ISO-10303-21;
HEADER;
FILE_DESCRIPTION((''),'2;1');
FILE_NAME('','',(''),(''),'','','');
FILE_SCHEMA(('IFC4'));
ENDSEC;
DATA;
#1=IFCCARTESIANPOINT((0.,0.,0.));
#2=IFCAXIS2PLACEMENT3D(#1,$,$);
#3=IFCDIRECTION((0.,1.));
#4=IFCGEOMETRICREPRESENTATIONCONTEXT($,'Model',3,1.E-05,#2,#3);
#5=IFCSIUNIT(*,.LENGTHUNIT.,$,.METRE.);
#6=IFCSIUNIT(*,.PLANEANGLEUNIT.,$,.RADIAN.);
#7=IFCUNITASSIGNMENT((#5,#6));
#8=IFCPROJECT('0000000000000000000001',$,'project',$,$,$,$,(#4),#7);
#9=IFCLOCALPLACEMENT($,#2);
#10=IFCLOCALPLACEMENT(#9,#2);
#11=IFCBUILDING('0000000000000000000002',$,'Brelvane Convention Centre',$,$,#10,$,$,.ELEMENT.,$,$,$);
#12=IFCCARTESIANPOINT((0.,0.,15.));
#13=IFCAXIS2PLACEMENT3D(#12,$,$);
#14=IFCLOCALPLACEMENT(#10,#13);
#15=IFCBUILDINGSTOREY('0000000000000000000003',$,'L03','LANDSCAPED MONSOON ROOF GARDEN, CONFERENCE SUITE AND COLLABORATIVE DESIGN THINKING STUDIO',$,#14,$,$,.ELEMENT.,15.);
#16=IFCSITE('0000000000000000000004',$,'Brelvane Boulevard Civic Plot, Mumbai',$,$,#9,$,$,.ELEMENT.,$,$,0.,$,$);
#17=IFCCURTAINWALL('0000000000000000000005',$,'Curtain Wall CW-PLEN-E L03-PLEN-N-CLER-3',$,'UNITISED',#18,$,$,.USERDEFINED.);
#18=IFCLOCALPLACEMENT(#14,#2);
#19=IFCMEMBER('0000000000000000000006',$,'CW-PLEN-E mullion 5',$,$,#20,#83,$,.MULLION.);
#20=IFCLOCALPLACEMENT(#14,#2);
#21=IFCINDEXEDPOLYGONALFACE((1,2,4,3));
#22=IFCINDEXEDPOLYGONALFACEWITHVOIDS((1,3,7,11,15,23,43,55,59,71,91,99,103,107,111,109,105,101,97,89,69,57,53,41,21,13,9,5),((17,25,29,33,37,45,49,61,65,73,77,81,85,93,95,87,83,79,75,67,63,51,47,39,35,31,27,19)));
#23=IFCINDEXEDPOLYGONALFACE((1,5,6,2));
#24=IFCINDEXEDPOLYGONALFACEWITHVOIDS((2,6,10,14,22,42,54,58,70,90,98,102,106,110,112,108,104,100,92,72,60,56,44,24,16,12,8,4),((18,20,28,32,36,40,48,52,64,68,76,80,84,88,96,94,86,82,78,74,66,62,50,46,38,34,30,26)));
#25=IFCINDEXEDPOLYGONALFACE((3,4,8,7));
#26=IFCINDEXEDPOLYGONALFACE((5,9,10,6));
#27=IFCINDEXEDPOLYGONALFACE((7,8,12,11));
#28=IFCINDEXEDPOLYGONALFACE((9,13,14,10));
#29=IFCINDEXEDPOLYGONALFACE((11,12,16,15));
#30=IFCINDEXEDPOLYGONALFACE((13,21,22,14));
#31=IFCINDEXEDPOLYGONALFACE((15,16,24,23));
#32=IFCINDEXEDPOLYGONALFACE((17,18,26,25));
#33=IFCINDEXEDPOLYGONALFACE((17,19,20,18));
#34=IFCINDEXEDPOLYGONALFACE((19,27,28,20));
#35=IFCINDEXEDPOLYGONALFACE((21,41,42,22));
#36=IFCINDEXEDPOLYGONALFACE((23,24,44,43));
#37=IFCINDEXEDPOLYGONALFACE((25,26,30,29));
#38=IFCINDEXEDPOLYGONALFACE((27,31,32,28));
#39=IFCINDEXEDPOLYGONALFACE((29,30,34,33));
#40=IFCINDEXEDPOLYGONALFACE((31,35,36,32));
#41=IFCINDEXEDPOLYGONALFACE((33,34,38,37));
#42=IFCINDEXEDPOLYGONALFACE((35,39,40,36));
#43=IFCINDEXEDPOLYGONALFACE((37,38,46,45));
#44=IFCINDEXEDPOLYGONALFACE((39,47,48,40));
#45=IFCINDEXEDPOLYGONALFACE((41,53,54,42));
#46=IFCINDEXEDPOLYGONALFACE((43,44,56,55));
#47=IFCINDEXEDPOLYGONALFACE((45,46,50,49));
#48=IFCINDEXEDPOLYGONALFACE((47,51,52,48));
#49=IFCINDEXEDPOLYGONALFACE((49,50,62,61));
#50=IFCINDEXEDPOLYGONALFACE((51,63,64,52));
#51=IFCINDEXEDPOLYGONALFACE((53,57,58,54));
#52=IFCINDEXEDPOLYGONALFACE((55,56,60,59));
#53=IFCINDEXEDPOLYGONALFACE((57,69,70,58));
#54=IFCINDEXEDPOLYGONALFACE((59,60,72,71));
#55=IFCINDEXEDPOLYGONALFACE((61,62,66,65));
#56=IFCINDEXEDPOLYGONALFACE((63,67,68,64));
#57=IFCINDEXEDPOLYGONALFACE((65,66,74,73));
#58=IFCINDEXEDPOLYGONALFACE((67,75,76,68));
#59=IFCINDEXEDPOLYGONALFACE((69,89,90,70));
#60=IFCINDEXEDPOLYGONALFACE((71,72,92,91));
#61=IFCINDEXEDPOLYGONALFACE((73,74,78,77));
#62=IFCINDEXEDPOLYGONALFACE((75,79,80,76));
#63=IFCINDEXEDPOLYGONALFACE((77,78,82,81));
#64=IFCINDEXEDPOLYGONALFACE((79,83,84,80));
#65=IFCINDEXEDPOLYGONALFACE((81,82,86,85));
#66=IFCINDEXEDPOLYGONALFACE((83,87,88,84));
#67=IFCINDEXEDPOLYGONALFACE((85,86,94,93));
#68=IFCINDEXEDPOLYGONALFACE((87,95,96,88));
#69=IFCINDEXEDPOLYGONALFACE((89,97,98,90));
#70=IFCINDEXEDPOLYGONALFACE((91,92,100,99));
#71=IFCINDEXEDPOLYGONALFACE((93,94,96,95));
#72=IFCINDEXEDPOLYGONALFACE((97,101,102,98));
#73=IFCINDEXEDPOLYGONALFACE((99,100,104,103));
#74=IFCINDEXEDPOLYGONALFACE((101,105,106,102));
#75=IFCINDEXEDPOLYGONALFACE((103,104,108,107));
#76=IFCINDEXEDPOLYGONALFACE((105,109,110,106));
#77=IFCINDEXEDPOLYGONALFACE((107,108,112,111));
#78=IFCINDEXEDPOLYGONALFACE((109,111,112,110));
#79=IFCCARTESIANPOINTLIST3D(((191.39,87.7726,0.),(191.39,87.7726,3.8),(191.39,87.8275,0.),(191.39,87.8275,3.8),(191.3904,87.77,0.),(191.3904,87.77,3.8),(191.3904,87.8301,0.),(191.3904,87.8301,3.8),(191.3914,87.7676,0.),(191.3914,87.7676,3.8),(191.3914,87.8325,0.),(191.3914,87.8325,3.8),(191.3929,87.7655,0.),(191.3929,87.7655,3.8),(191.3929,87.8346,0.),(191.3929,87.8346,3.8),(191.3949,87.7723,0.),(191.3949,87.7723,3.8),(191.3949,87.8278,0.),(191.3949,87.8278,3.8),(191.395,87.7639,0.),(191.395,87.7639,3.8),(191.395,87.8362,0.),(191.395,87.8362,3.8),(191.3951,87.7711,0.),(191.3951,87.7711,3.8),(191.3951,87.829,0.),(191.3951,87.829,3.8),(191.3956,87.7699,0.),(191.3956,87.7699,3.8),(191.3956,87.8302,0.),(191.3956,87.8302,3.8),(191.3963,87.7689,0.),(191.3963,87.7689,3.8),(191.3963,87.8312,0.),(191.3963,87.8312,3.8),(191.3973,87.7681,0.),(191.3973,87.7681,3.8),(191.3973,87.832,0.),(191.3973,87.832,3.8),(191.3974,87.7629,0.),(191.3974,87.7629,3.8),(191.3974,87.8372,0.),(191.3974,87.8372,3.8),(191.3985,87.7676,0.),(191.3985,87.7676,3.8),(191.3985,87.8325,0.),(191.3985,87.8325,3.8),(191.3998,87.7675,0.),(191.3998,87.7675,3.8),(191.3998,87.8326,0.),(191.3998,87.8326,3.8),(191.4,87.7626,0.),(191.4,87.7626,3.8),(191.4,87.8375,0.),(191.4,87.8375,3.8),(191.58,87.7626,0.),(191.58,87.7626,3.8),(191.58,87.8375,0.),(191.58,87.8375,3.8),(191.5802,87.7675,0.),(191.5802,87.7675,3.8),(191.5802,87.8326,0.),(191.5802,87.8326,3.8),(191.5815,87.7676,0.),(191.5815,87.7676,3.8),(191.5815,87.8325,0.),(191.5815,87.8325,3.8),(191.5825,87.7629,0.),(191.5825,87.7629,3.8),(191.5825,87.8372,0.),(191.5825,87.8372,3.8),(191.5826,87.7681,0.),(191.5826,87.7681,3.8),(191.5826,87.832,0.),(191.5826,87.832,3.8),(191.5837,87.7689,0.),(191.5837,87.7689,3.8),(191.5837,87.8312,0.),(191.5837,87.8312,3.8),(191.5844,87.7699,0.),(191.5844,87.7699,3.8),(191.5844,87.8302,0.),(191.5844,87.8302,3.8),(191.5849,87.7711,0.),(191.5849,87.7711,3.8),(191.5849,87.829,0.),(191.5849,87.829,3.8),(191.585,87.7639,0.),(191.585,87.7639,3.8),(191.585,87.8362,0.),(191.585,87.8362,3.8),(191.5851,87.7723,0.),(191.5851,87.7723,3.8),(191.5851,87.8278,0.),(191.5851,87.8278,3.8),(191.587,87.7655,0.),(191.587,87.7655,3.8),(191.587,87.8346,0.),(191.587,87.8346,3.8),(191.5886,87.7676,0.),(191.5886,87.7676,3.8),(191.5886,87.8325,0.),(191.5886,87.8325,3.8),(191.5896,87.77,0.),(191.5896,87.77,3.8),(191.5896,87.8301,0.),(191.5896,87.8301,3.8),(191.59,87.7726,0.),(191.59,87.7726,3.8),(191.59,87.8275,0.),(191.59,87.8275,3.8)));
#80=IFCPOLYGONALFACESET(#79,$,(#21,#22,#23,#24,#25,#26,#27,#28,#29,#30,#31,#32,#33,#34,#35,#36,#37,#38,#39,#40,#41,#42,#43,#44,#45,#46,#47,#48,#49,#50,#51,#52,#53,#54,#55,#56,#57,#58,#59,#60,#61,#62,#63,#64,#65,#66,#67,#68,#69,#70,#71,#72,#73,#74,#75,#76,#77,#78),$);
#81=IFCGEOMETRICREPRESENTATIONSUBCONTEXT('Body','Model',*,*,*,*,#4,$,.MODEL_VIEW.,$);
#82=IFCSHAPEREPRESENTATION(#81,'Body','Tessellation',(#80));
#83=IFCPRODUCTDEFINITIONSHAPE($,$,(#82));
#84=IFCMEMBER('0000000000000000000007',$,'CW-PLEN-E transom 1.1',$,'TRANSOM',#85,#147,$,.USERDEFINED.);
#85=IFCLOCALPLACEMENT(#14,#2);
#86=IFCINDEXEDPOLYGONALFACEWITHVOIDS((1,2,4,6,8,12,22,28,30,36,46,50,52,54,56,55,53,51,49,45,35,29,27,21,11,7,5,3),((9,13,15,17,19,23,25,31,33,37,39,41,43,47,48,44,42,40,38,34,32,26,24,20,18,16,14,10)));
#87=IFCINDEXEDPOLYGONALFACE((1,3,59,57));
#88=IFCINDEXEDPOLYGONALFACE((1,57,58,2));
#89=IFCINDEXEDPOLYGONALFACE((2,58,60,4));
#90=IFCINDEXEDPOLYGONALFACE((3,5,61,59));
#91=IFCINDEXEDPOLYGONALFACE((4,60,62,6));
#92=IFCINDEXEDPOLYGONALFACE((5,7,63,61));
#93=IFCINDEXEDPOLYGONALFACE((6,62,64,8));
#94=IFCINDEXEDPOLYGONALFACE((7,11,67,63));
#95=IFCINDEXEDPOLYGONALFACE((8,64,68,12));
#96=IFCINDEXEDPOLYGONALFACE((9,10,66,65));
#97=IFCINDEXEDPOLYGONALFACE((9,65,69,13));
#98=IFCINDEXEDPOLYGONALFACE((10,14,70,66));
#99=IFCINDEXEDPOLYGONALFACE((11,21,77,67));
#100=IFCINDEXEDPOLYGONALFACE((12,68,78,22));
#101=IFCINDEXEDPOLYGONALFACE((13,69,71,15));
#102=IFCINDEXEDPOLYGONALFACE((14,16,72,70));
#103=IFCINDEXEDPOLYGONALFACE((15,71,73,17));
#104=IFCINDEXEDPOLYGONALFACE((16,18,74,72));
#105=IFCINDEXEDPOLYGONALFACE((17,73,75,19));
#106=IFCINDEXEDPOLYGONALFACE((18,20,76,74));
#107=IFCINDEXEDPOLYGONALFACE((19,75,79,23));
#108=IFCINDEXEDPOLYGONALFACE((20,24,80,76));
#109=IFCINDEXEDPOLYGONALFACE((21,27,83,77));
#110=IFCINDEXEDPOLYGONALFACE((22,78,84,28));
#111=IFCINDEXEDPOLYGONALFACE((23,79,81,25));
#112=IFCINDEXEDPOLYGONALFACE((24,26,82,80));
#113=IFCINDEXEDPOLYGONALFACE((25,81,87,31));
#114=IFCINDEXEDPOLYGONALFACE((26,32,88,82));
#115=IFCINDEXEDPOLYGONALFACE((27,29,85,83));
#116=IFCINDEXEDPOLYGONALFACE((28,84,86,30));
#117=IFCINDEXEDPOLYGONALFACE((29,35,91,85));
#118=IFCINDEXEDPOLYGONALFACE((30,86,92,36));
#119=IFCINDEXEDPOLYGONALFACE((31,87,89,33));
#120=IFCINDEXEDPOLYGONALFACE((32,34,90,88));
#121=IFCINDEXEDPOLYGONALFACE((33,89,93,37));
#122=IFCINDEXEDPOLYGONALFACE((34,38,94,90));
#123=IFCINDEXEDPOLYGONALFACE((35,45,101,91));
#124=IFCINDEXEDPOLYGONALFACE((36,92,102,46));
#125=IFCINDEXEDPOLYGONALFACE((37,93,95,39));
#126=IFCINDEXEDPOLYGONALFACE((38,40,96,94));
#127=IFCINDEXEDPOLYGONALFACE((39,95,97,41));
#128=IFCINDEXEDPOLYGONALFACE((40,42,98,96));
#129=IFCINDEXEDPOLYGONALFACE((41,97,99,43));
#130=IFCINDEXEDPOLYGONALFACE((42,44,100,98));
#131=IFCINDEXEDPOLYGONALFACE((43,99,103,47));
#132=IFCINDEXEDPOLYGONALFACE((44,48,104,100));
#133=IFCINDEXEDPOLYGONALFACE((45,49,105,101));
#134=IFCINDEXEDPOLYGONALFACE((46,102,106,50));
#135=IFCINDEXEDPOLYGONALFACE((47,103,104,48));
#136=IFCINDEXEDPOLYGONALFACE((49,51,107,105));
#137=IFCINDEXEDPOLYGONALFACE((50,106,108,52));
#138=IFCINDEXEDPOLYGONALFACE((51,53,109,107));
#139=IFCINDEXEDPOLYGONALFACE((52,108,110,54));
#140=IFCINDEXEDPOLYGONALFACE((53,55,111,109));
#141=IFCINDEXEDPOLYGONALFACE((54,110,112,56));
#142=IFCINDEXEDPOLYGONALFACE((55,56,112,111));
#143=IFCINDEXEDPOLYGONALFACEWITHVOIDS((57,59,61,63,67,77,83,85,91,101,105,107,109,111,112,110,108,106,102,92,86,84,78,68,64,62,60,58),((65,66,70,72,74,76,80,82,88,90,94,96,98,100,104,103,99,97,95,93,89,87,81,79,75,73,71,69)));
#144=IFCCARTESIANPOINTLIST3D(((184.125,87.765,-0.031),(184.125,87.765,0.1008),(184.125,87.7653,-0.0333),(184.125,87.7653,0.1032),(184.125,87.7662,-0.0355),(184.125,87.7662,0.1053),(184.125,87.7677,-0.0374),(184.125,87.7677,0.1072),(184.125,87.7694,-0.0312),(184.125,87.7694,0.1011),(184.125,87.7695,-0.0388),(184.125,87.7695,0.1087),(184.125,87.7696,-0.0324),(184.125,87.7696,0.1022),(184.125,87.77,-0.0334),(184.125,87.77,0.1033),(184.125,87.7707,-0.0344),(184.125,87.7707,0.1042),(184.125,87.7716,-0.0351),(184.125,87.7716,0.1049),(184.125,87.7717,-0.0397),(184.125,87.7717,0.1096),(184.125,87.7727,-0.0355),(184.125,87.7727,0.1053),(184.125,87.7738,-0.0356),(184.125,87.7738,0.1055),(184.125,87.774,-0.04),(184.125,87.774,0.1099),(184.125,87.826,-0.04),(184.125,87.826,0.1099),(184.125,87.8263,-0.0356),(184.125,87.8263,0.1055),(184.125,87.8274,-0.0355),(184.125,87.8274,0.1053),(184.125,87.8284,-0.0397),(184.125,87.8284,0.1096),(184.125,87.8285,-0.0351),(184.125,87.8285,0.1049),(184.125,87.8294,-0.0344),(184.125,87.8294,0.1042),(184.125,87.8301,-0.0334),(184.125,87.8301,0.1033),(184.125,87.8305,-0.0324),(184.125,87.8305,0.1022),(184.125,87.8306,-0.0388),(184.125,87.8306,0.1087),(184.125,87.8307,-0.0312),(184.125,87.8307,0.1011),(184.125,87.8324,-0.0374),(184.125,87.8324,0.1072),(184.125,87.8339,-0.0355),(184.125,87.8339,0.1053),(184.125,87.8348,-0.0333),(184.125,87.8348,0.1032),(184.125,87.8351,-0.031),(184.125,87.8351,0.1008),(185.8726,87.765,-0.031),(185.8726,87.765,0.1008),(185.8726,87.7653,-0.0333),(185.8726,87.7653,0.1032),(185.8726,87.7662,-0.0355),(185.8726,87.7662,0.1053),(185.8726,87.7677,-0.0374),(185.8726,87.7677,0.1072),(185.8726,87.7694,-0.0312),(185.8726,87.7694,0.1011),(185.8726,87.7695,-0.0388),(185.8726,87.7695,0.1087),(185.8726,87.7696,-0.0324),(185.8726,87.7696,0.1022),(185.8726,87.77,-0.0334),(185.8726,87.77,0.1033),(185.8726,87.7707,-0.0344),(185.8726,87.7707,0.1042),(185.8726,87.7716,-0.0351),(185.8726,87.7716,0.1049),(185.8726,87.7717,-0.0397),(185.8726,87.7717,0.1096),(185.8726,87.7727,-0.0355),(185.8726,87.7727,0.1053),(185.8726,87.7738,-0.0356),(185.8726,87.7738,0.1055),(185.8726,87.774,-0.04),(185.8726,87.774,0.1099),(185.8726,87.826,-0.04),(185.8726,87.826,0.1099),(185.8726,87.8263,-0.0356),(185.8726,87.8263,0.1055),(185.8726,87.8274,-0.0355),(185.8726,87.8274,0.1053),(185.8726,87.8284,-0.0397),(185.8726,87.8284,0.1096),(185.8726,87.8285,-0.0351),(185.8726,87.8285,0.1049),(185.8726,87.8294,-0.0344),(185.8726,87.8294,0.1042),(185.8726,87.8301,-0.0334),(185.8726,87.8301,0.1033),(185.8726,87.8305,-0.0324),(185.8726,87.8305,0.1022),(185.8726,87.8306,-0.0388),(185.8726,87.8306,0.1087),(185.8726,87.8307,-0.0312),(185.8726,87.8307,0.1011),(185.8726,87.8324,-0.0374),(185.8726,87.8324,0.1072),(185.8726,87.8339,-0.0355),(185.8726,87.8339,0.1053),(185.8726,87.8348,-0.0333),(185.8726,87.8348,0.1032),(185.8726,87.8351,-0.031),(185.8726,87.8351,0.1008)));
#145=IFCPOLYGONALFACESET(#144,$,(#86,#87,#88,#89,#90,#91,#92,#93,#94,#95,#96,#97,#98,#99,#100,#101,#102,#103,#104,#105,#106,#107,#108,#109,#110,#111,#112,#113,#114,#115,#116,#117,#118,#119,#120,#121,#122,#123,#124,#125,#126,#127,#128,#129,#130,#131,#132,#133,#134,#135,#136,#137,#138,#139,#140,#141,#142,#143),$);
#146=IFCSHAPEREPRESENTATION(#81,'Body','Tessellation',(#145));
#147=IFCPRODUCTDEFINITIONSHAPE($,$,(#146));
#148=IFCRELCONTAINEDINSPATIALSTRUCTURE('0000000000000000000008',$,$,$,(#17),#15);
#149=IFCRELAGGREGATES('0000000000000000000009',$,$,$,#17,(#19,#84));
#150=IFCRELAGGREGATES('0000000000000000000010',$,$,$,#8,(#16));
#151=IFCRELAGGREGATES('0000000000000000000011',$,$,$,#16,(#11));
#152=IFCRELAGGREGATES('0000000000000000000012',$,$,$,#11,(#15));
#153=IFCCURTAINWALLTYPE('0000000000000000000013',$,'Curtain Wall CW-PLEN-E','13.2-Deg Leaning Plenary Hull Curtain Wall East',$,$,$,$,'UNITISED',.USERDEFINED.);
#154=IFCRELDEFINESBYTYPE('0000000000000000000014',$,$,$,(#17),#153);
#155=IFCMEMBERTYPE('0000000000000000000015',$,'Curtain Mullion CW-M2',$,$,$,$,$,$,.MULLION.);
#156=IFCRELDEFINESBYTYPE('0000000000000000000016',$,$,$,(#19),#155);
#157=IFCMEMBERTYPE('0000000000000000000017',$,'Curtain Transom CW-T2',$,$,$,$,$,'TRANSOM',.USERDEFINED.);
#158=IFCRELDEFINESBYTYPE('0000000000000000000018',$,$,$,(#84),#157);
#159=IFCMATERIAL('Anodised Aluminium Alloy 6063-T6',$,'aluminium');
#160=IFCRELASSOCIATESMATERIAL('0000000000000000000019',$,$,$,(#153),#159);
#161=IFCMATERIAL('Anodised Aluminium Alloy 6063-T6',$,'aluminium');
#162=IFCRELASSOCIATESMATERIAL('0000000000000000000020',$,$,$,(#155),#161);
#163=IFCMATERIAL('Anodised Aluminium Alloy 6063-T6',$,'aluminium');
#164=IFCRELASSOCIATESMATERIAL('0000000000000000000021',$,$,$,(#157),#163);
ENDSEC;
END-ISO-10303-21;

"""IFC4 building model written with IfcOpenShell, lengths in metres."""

from ifc_helpers import new_model, si_unit, direction, frame, origin, origin_2d, place, context, subcontext, project, spatial, hollow_rectangle, extrude, material, material_profile, profile_set, type_object, element, aggregate, save


model = new_model("IFC4")

# Units and contexts
model_context = context("Model", 3, precision=1e-05, world=origin(), true_north=direction((0.0, 1.0)))
body_context = subcontext(model_context, "Body", "Model", "MODEL_VIEW")
ifc_project = project(units=[si_unit("LENGTHUNIT", "METRE"), si_unit("PLANEANGLEUNIT", "RADIAN")], contexts=[model_context])

# Site, building, storey
site_placement = place(None, origin())
site = spatial("IfcSite", under=ifc_project, at=site_placement, Name="Brelvane Boulevard Civic Plot, Mumbai", CompositionType="ELEMENT", RefElevation=0.0)
building_placement = place(site_placement, origin())
building = spatial("IfcBuilding", under=site, at=building_placement, Name="Brelvane Convention Centre", CompositionType="ELEMENT")
storey_placement = place(building_placement, frame((0.0, 0.0, 15.0)))
storey = spatial("IfcBuildingStorey", under=building, at=storey_placement, Name="L03", Description="LANDSCAPED MONSOON ROOF GARDEN, CONFERENCE SUITE AND COLLABORATIVE DESIGN THINKING STUDIO", CompositionType="ELEMENT", Elevation=15.0)

# Curtain wall, members
ifc_material_1 = material(Name="Anodised Aluminium Alloy 6063-T6", Category="aluminium")
curtain_wall_type = type_object("IfcCurtainWallType", Name="Curtain Wall CW-PLEN-E", Description="13.2-Deg Leaning Plenary Hull Curtain Wall East", ElementType="UNITISED", PredefinedType="USERDEFINED", material=ifc_material_1)
curtain_wall_placement = place(storey_placement, origin())
curtain_wall = element("IfcCurtainWall", 1, at=curtain_wall_placement, inside=storey, type_object=curtain_wall_type, Name="Curtain Wall CW-PLEN-E L03-PLEN-N-CLER-3", ObjectType="UNITISED", PredefinedType="USERDEFINED")
ifc_material_2 = material(Name="Anodised Aluminium Alloy 6063-T6", Category="aluminium")
ifc_material_profile_1 = material_profile(ifc_material_2, hollow_rectangle(XDim=0.075, YDim=0.2, WallThickness=0.0049, InnerFilletRadius=0.0049, OuterFilletRadius=0.01, at=origin_2d()), Name="ALU-M 200x75x5.0")
ifc_profile_set_1 = profile_set([ifc_material_profile_1], Name="Anodised Aluminium Alloy 6063-T6")
member_type_1 = type_object("IfcMemberType", Name="Curtain Mullion CW-M2", PredefinedType="MULLION", material=ifc_profile_set_1)
member_1_placement = place(storey_placement, frame((191.49, 87.8, 0.0), z_axis=(0.0, 0.0, 1.0), x_axis=(0.0, 1.0, 0.0)))
member_1 = element("IfcMember", 2, at=member_1_placement, type_object=member_type_1, Name="CW-PLEN-E mullion 5", PredefinedType="MULLION", context=body_context, shape_type="SweptSolid", body=[
    extrude(hollow_rectangle(XDim=0.075, YDim=0.2, WallThickness=0.0049, InnerFilletRadius=0.0049, OuterFilletRadius=0.01, at=origin_2d()), origin(), (0.0, 0.0, 1.0), 3.8),
])
ifc_material_3 = material(Name="Anodised Aluminium Alloy 6063-T6", Category="aluminium")
ifc_material_profile_2 = material_profile(ifc_material_3, hollow_rectangle(XDim=0.0701, YDim=0.1499, WallThickness=0.0044, InnerFilletRadius=0.0044, OuterFilletRadius=0.009, at=origin_2d()), Name="ALU-T 150x70x4.5")
ifc_profile_set_2 = profile_set([ifc_material_profile_2], Name="Anodised Aluminium Alloy 6063-T6")
member_type_2 = type_object("IfcMemberType", Name="Curtain Transom CW-T2", ElementType="TRANSOM", PredefinedType="USERDEFINED", material=ifc_profile_set_2)
member_2_placement = place(storey_placement, frame((184.125, 87.8, 0.0349), z_axis=(1.0, 0.0, 0.0), x_axis=(0.0, 1.0, 0.0)))
member_2 = element("IfcMember", 3, at=member_2_placement, type_object=member_type_2, Name="CW-PLEN-E transom 1.1", ObjectType="TRANSOM", PredefinedType="USERDEFINED", context=body_context, shape_type="SweptSolid", body=[
    extrude(hollow_rectangle(XDim=0.0701, YDim=0.1499, WallThickness=0.0044, InnerFilletRadius=0.0044, OuterFilletRadius=0.009, at=origin_2d()), origin(), (0.0, 0.0, 1.0), 1.7476),
])
aggregate(curtain_wall, [member_1, member_2])

save(model, "model.ifc")
